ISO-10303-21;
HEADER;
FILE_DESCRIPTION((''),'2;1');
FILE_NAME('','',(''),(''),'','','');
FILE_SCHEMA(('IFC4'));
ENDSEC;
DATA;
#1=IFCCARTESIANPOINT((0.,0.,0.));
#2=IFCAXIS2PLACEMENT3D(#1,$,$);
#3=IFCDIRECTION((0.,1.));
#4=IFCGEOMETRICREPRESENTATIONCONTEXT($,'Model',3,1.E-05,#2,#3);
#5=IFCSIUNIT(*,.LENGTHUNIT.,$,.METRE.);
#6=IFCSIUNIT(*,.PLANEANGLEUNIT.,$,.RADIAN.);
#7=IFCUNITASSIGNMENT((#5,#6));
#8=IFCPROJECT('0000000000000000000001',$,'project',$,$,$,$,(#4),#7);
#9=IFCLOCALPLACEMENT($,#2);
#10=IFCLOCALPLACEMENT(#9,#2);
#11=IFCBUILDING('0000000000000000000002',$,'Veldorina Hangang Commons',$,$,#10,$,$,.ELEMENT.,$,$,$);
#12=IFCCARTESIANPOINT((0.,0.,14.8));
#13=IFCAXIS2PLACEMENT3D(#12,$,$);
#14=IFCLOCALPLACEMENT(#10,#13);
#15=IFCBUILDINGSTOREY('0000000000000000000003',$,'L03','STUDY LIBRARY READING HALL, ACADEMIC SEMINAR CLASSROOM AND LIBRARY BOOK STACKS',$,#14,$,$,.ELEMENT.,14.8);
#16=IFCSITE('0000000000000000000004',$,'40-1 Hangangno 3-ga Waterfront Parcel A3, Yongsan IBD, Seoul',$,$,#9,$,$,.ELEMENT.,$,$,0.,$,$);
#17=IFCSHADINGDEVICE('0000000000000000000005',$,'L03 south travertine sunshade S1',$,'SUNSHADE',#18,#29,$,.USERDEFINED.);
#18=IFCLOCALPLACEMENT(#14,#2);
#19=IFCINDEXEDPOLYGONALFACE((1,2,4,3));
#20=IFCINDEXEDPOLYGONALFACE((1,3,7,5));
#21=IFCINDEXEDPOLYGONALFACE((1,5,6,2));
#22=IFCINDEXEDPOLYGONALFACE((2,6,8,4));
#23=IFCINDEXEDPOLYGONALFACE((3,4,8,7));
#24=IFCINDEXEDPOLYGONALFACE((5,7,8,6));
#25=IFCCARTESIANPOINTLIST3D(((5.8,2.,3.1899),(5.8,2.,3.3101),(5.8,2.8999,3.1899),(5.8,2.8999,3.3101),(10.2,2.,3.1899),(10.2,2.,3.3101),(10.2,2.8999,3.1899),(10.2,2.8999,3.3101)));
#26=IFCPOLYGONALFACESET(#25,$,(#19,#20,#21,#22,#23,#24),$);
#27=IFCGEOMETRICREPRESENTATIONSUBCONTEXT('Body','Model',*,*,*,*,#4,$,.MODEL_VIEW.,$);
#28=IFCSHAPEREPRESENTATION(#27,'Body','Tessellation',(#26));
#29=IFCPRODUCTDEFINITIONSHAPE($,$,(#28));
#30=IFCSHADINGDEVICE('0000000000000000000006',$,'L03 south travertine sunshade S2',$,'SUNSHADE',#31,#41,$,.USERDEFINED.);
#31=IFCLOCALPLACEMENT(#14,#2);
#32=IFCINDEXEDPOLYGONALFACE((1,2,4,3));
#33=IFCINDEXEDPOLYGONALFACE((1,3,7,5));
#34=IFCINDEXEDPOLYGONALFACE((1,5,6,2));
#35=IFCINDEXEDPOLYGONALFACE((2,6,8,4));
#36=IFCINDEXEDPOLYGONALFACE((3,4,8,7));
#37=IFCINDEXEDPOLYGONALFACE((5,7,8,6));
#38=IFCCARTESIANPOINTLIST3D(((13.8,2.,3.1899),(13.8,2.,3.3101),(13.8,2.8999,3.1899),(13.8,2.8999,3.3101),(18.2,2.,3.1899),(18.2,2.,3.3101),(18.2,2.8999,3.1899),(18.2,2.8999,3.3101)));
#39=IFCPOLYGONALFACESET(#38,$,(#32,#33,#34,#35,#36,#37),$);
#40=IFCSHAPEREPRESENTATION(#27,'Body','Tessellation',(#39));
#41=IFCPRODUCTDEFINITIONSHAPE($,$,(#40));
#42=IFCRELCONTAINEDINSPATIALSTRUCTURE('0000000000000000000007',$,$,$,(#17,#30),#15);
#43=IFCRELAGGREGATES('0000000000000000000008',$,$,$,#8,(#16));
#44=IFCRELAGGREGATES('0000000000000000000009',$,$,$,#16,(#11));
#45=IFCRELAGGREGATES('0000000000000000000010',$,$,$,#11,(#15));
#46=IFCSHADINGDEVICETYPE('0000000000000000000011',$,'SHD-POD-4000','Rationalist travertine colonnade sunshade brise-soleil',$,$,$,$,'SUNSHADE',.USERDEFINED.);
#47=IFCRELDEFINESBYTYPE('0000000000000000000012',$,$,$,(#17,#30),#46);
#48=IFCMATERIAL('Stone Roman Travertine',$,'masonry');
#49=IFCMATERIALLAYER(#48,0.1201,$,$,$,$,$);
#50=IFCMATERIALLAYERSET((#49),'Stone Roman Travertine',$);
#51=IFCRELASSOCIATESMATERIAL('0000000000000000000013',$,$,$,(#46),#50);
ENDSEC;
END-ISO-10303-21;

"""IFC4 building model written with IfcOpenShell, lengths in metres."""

from ifc_helpers import new_model, si_unit, direction, frame, origin, origin_2d, place, context, subcontext, project, spatial, rectangle, extrude, material, layer, layer_set, type_object, element, save


model = new_model("IFC4")

# Units and contexts
model_context = context("Model", 3, precision=1e-05, world=origin(), true_north=direction((0.0, 1.0)))
body_context = subcontext(model_context, "Body", "Model", "MODEL_VIEW")
ifc_project = project(units=[si_unit("LENGTHUNIT", "METRE"), si_unit("PLANEANGLEUNIT", "RADIAN")], contexts=[model_context])

# Site, building, storey
site_placement = place(None, origin())
site = spatial("IfcSite", under=ifc_project, at=site_placement, Name="40-1 Hangangno 3-ga Waterfront Parcel A3, Yongsan IBD, Seoul", CompositionType="ELEMENT", RefElevation=0.0)
building_placement = place(site_placement, origin())
building = spatial("IfcBuilding", under=site, at=building_placement, Name="Veldorina Hangang Commons", CompositionType="ELEMENT")
storey_placement = place(building_placement, frame((0.0, 0.0, 14.8)))
storey = spatial("IfcBuildingStorey", under=building, at=storey_placement, Name="L03", Description="STUDY LIBRARY READING HALL, ACADEMIC SEMINAR CLASSROOM AND LIBRARY BOOK STACKS", CompositionType="ELEMENT", Elevation=14.8)

# Shared definitions
ifc_material_1 = material(Name="Stone Roman Travertine", Category="masonry")

# Shading devices
ifc_layer_1 = layer(ifc_material_1, 0.1201)
ifc_layer_set_1 = layer_set([ifc_layer_1], Name="Stone Roman Travertine")
shading_device_type = type_object("IfcShadingDeviceType", Name="SHD-POD-4000", Description="Rationalist travertine colonnade sunshade brise-soleil", ElementType="SUNSHADE", PredefinedType="USERDEFINED", material=ifc_layer_set_1)
for number, where, z_axis, x_axis, name in (
    (1, (8.0, 2.45, 3.1899), (0.0, 0.0, 1.0), (1.0, 0.0, 0.0), "L03 south travertine sunshade S1"),
    (2, (16.0, 2.45, 3.1899), (0.0, 0.0, 1.0), (1.0, 0.0, 0.0), "L03 south travertine sunshade S2"),
):
    element("IfcShadingDevice", number, at=place(storey_placement, frame(where, z_axis=z_axis, x_axis=x_axis)), inside=storey, type_object=shading_device_type, Name=name, ObjectType="SUNSHADE", PredefinedType="USERDEFINED", context=body_context, shape_type="SweptSolid", body=[
        extrude(rectangle(XDim=4.3999, YDim=0.8999, at=origin_2d()), origin(), (0.0, 0.0, 1.0), 0.1201),
    ])

save(model, "model.ifc")
